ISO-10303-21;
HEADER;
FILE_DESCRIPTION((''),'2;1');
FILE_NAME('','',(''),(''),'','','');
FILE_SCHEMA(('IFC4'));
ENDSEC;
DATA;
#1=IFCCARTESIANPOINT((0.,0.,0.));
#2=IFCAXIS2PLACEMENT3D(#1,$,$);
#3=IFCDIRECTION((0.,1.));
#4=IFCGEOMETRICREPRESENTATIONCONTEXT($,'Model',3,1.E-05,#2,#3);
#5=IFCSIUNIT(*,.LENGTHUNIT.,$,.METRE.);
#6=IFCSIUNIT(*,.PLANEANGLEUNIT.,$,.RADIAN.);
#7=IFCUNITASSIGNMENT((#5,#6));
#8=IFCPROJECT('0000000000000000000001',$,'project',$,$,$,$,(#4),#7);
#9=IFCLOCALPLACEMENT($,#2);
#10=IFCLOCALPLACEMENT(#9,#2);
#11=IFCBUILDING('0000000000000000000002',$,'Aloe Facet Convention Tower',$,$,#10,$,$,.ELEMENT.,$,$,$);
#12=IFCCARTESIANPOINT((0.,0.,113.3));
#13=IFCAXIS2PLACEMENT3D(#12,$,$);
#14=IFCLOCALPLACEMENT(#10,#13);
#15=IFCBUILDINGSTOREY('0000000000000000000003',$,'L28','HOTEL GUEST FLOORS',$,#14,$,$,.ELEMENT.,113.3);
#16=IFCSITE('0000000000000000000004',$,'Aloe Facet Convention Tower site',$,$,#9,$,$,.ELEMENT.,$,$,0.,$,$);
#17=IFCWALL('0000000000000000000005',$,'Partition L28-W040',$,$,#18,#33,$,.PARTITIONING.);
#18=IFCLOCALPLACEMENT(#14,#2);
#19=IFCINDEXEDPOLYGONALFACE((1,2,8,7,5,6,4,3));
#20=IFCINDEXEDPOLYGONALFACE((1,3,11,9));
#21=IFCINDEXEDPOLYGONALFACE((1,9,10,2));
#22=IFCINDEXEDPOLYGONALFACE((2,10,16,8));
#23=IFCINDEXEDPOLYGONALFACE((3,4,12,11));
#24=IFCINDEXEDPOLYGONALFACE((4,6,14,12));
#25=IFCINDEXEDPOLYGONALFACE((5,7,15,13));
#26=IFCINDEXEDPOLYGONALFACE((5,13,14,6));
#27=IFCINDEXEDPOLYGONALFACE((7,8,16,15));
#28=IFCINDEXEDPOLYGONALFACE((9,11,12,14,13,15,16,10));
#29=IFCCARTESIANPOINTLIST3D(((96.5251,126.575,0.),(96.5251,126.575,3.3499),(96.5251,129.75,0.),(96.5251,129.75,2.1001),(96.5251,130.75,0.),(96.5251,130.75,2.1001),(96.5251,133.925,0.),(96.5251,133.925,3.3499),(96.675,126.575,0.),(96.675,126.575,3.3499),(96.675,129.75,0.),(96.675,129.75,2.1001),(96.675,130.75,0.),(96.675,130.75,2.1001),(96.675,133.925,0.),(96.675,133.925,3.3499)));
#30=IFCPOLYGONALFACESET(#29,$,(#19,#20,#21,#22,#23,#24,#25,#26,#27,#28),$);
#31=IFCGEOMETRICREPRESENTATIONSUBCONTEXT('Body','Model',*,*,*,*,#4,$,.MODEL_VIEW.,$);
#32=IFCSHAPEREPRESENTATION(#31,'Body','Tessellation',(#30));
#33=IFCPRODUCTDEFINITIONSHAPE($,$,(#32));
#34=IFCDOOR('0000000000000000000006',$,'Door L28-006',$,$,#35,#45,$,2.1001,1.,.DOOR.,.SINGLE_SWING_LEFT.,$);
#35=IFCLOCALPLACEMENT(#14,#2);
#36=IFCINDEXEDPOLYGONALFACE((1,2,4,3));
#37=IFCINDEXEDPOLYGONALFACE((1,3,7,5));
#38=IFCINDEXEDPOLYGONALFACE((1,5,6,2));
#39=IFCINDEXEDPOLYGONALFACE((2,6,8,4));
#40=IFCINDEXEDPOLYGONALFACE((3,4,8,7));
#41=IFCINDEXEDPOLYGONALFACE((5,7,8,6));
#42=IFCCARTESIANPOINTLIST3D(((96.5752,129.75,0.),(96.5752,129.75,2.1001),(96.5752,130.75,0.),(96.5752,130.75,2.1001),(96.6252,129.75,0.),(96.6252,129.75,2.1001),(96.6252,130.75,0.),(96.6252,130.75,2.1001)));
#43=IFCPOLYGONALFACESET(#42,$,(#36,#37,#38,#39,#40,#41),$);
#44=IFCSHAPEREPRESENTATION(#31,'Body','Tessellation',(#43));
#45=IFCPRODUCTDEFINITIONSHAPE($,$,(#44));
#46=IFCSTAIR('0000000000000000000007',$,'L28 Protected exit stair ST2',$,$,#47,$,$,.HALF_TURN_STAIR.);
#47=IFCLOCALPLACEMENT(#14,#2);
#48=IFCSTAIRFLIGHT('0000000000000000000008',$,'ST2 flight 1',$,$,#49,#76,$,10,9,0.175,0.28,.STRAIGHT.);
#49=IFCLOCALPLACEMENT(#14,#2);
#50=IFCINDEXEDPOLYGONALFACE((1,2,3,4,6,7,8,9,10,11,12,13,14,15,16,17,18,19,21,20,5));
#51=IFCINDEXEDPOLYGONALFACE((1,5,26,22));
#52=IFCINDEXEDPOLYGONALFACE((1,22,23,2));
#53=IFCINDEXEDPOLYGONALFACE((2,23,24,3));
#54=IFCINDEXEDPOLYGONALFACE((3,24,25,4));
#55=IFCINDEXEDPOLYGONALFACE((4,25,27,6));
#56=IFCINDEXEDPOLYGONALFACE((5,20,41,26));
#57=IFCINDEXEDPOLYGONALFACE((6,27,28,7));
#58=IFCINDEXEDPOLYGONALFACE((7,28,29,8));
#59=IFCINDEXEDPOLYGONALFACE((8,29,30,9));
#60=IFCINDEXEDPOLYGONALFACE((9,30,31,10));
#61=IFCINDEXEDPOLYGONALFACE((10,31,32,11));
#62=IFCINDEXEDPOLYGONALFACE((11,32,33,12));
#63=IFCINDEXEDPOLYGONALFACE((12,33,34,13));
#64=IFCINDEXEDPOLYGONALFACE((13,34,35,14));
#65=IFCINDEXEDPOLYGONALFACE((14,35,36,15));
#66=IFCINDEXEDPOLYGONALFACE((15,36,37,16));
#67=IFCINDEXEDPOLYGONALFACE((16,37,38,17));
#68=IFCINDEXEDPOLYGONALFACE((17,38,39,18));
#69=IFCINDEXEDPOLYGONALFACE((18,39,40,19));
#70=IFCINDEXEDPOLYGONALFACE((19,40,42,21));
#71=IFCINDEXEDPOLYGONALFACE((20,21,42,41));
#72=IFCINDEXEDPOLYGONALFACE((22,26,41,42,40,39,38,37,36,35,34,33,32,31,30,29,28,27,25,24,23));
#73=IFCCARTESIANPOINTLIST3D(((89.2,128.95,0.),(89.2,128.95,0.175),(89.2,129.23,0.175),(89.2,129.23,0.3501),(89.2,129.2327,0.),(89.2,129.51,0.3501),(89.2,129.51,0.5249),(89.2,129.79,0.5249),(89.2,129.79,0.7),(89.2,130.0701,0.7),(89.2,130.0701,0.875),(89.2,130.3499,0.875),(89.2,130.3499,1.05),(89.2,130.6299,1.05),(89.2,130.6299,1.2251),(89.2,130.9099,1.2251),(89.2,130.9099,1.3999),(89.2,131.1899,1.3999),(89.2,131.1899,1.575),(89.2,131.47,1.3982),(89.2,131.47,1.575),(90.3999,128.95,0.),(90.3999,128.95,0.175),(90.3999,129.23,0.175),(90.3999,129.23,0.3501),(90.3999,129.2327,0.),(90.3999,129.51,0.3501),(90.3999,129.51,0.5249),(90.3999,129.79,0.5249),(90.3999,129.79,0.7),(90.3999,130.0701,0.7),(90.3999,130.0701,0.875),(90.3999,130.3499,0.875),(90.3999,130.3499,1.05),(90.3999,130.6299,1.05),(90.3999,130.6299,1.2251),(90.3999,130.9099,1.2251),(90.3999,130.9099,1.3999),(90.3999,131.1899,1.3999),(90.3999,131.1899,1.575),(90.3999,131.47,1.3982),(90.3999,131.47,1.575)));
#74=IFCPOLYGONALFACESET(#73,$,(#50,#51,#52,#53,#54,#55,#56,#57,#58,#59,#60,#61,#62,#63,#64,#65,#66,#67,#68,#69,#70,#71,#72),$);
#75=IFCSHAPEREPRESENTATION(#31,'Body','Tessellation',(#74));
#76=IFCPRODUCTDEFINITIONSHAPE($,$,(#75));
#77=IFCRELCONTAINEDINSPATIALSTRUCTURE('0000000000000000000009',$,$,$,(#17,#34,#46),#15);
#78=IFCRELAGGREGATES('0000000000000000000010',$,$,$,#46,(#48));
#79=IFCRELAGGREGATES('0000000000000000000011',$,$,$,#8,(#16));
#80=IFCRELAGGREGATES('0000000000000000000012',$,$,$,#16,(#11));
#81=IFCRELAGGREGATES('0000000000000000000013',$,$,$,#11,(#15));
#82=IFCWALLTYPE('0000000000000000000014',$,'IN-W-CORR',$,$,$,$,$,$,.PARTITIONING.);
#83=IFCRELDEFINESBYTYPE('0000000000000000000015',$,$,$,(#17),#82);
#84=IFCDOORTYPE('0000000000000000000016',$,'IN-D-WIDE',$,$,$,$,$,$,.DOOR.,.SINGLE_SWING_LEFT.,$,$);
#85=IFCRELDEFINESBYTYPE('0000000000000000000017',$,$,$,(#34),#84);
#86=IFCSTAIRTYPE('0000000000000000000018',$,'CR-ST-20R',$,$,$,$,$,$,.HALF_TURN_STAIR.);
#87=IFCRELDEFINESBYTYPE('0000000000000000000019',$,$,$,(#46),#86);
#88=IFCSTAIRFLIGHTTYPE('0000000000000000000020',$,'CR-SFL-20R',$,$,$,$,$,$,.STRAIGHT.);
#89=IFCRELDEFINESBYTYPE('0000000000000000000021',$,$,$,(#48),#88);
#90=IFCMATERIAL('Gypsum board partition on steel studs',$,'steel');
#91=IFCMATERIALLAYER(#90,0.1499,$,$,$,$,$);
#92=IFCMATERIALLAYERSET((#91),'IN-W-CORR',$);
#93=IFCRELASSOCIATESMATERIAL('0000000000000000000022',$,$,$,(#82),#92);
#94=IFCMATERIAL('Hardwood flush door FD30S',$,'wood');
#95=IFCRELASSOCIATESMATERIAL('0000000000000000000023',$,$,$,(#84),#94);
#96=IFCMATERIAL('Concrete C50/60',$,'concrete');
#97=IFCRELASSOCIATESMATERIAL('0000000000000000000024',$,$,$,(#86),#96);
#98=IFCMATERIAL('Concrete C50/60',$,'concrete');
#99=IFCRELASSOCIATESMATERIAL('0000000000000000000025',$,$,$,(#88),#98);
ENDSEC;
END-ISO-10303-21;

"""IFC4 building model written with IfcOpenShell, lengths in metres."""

from ifc_helpers import new_model, si_unit, direction, frame, frame_2d, origin, place, context, subcontext, project, spatial, polyline, rectangle, outline, extrude, material, layer, layer_set, type_object, element, fill, aggregate, save


model = new_model("IFC4")

# Units and contexts
model_context = context("Model", 3, precision=1e-05, world=origin(), true_north=direction((0.0, 1.0)))
body_context = subcontext(model_context, "Body", "Model", "MODEL_VIEW")
ifc_project = project(units=[si_unit("LENGTHUNIT", "METRE"), si_unit("PLANEANGLEUNIT", "RADIAN")], contexts=[model_context])

# Site, building, storey
site_placement = place(None, origin())
site = spatial("IfcSite", under=ifc_project, at=site_placement, Name="Aloe Facet Convention Tower site", CompositionType="ELEMENT", RefElevation=0.0)
building_placement = place(site_placement, origin())
building = spatial("IfcBuilding", under=site, at=building_placement, Name="Aloe Facet Convention Tower", CompositionType="ELEMENT")
storey_placement = place(building_placement, frame((0.0, 0.0, 113.3)))
storey = spatial("IfcBuildingStorey", under=building, at=storey_placement, Name="L28", Description="HOTEL GUEST FLOORS", CompositionType="ELEMENT", Elevation=113.3)

# Shared definitions
ifc_material_1 = material(Name="Gypsum board partition on steel studs", Category="steel")
ifc_layer_1 = layer(ifc_material_1, 0.1499)
ifc_layer_set_1 = layer_set([ifc_layer_1], Name="IN-W-CORR")
wall_type_1 = type_object("IfcWallType", Name="IN-W-CORR", PredefinedType="PARTITIONING", material=ifc_layer_set_1)

# Wall, opening, door
wall_1_placement = place(storey_placement, frame((96.6001, 126.575, 0.0), z_axis=(0.0, 0.0, 1.0), x_axis=(0.0, 1.0, 0.0)))
wall_1 = element("IfcWall", 1, at=wall_1_placement, inside=storey, type_object=wall_type_1, Name="Partition L28-W040", PredefinedType="PARTITIONING", context=body_context, shape_type="SweptSolid", body=[
    extrude(rectangle(XDim=7.3501, YDim=0.1499, at=frame_2d((3.675, 0.0))), origin(), (0.0, 0.0, 1.0), 3.3499),
])
opening_placement = place(wall_1_placement, frame((3.175, 0.0, 0.0)))
opening = element("IfcOpeningElement", 2, at=opening_placement, cuts=wall_1, PredefinedType="OPENING", context=body_context, shape_type="SweptSolid", body=[
    extrude(rectangle(XDim=1.0, YDim=2.1001, at=frame_2d((0.5, 1.05))), frame((0.0, 0.085, 0.0), z_axis=(0.0, -1.0, 0.0), x_axis=(1.0, 0.0, 0.0)), (0.0, 0.0, 1.0), 0.1699),
])
ifc_material_2 = material(Name="Hardwood flush door FD30S", Category="wood")
door_type = type_object("IfcDoorType", Name="IN-D-WIDE", OperationType="SINGLE_SWING_LEFT", PredefinedType="DOOR", material=ifc_material_2)
door_placement = place(opening_placement, origin())
door = element("IfcDoor", 3, at=door_placement, inside=storey, type_object=door_type, Name="Door L28-006", OperationType="SINGLE_SWING_LEFT", OverallHeight=2.1001, OverallWidth=1.0, PredefinedType="DOOR", context=body_context, shape_type="SweptSolid", body=[
    extrude(rectangle(XDim=1.0, YDim=2.1001, at=frame_2d((0.5, 1.05))), frame((0.0, 0.0249, 0.0), z_axis=(0.0, -1.0, 0.0), x_axis=(1.0, 0.0, 0.0)), (0.0, 0.0, 1.0), 0.05),
])
fill(opening, door)

# Stair, stair flight
ifc_material_3 = material(Name="Concrete C50/60", Category="concrete")
stair_type = type_object("IfcStairType", Name="CR-ST-20R", PredefinedType="HALF_TURN_STAIR", material=ifc_material_3)
stair_placement = place(storey_placement, origin())
stair = element("IfcStair", 4, at=stair_placement, inside=storey, type_object=stair_type, Name="L28 Protected exit stair ST2", PredefinedType="HALF_TURN_STAIR")
ifc_material_4 = material(Name="Concrete C50/60", Category="concrete")
stair_flight_type = type_object("IfcStairFlightType", Name="CR-SFL-20R", PredefinedType="STRAIGHT", material=ifc_material_4)
stair_flight_placement = place(storey_placement, frame((89.8, 128.95, 0.0), z_axis=(0.0, 0.0, 1.0), x_axis=(0.0, 1.0, 0.0)))
stair_flight = element("IfcStairFlight", 5, at=stair_flight_placement, type_object=stair_flight_type, Name="ST2 flight 1", NumberOfRisers=10, NumberOfTreads=9, PredefinedType="STRAIGHT", RiserHeight=0.175, TreadLength=0.28, context=body_context, shape_type="SweptSolid", body=[
    extrude(outline(polyline([(0.0, 0.0), (0.0, 0.175), (0.28, 0.175), (0.28, 0.3501), (0.5601, 0.3501), (0.5601, 0.5249), (0.8401, 0.5249), (0.8401, 0.7), (1.1201, 0.7), (1.1201, 0.875), (1.3999, 0.875), (1.3999, 1.05), (1.6799, 1.05), (1.6799, 1.2251), (1.96, 1.2251), (1.96, 1.3999), (2.24, 1.3999), (2.24, 1.575), (2.52, 1.575), (2.52, 1.75), (2.52, 1.3982), (0.2827, 0.0), (0.0, 0.0)])), frame((0.0, 0.6001, 0.0), z_axis=(0.0, -1.0, 0.0), x_axis=(1.0, 0.0, 0.0)), (0.0, 0.0, 1.0), 1.2),
])
aggregate(stair, [stair_flight])

save(model, "model.ifc")
